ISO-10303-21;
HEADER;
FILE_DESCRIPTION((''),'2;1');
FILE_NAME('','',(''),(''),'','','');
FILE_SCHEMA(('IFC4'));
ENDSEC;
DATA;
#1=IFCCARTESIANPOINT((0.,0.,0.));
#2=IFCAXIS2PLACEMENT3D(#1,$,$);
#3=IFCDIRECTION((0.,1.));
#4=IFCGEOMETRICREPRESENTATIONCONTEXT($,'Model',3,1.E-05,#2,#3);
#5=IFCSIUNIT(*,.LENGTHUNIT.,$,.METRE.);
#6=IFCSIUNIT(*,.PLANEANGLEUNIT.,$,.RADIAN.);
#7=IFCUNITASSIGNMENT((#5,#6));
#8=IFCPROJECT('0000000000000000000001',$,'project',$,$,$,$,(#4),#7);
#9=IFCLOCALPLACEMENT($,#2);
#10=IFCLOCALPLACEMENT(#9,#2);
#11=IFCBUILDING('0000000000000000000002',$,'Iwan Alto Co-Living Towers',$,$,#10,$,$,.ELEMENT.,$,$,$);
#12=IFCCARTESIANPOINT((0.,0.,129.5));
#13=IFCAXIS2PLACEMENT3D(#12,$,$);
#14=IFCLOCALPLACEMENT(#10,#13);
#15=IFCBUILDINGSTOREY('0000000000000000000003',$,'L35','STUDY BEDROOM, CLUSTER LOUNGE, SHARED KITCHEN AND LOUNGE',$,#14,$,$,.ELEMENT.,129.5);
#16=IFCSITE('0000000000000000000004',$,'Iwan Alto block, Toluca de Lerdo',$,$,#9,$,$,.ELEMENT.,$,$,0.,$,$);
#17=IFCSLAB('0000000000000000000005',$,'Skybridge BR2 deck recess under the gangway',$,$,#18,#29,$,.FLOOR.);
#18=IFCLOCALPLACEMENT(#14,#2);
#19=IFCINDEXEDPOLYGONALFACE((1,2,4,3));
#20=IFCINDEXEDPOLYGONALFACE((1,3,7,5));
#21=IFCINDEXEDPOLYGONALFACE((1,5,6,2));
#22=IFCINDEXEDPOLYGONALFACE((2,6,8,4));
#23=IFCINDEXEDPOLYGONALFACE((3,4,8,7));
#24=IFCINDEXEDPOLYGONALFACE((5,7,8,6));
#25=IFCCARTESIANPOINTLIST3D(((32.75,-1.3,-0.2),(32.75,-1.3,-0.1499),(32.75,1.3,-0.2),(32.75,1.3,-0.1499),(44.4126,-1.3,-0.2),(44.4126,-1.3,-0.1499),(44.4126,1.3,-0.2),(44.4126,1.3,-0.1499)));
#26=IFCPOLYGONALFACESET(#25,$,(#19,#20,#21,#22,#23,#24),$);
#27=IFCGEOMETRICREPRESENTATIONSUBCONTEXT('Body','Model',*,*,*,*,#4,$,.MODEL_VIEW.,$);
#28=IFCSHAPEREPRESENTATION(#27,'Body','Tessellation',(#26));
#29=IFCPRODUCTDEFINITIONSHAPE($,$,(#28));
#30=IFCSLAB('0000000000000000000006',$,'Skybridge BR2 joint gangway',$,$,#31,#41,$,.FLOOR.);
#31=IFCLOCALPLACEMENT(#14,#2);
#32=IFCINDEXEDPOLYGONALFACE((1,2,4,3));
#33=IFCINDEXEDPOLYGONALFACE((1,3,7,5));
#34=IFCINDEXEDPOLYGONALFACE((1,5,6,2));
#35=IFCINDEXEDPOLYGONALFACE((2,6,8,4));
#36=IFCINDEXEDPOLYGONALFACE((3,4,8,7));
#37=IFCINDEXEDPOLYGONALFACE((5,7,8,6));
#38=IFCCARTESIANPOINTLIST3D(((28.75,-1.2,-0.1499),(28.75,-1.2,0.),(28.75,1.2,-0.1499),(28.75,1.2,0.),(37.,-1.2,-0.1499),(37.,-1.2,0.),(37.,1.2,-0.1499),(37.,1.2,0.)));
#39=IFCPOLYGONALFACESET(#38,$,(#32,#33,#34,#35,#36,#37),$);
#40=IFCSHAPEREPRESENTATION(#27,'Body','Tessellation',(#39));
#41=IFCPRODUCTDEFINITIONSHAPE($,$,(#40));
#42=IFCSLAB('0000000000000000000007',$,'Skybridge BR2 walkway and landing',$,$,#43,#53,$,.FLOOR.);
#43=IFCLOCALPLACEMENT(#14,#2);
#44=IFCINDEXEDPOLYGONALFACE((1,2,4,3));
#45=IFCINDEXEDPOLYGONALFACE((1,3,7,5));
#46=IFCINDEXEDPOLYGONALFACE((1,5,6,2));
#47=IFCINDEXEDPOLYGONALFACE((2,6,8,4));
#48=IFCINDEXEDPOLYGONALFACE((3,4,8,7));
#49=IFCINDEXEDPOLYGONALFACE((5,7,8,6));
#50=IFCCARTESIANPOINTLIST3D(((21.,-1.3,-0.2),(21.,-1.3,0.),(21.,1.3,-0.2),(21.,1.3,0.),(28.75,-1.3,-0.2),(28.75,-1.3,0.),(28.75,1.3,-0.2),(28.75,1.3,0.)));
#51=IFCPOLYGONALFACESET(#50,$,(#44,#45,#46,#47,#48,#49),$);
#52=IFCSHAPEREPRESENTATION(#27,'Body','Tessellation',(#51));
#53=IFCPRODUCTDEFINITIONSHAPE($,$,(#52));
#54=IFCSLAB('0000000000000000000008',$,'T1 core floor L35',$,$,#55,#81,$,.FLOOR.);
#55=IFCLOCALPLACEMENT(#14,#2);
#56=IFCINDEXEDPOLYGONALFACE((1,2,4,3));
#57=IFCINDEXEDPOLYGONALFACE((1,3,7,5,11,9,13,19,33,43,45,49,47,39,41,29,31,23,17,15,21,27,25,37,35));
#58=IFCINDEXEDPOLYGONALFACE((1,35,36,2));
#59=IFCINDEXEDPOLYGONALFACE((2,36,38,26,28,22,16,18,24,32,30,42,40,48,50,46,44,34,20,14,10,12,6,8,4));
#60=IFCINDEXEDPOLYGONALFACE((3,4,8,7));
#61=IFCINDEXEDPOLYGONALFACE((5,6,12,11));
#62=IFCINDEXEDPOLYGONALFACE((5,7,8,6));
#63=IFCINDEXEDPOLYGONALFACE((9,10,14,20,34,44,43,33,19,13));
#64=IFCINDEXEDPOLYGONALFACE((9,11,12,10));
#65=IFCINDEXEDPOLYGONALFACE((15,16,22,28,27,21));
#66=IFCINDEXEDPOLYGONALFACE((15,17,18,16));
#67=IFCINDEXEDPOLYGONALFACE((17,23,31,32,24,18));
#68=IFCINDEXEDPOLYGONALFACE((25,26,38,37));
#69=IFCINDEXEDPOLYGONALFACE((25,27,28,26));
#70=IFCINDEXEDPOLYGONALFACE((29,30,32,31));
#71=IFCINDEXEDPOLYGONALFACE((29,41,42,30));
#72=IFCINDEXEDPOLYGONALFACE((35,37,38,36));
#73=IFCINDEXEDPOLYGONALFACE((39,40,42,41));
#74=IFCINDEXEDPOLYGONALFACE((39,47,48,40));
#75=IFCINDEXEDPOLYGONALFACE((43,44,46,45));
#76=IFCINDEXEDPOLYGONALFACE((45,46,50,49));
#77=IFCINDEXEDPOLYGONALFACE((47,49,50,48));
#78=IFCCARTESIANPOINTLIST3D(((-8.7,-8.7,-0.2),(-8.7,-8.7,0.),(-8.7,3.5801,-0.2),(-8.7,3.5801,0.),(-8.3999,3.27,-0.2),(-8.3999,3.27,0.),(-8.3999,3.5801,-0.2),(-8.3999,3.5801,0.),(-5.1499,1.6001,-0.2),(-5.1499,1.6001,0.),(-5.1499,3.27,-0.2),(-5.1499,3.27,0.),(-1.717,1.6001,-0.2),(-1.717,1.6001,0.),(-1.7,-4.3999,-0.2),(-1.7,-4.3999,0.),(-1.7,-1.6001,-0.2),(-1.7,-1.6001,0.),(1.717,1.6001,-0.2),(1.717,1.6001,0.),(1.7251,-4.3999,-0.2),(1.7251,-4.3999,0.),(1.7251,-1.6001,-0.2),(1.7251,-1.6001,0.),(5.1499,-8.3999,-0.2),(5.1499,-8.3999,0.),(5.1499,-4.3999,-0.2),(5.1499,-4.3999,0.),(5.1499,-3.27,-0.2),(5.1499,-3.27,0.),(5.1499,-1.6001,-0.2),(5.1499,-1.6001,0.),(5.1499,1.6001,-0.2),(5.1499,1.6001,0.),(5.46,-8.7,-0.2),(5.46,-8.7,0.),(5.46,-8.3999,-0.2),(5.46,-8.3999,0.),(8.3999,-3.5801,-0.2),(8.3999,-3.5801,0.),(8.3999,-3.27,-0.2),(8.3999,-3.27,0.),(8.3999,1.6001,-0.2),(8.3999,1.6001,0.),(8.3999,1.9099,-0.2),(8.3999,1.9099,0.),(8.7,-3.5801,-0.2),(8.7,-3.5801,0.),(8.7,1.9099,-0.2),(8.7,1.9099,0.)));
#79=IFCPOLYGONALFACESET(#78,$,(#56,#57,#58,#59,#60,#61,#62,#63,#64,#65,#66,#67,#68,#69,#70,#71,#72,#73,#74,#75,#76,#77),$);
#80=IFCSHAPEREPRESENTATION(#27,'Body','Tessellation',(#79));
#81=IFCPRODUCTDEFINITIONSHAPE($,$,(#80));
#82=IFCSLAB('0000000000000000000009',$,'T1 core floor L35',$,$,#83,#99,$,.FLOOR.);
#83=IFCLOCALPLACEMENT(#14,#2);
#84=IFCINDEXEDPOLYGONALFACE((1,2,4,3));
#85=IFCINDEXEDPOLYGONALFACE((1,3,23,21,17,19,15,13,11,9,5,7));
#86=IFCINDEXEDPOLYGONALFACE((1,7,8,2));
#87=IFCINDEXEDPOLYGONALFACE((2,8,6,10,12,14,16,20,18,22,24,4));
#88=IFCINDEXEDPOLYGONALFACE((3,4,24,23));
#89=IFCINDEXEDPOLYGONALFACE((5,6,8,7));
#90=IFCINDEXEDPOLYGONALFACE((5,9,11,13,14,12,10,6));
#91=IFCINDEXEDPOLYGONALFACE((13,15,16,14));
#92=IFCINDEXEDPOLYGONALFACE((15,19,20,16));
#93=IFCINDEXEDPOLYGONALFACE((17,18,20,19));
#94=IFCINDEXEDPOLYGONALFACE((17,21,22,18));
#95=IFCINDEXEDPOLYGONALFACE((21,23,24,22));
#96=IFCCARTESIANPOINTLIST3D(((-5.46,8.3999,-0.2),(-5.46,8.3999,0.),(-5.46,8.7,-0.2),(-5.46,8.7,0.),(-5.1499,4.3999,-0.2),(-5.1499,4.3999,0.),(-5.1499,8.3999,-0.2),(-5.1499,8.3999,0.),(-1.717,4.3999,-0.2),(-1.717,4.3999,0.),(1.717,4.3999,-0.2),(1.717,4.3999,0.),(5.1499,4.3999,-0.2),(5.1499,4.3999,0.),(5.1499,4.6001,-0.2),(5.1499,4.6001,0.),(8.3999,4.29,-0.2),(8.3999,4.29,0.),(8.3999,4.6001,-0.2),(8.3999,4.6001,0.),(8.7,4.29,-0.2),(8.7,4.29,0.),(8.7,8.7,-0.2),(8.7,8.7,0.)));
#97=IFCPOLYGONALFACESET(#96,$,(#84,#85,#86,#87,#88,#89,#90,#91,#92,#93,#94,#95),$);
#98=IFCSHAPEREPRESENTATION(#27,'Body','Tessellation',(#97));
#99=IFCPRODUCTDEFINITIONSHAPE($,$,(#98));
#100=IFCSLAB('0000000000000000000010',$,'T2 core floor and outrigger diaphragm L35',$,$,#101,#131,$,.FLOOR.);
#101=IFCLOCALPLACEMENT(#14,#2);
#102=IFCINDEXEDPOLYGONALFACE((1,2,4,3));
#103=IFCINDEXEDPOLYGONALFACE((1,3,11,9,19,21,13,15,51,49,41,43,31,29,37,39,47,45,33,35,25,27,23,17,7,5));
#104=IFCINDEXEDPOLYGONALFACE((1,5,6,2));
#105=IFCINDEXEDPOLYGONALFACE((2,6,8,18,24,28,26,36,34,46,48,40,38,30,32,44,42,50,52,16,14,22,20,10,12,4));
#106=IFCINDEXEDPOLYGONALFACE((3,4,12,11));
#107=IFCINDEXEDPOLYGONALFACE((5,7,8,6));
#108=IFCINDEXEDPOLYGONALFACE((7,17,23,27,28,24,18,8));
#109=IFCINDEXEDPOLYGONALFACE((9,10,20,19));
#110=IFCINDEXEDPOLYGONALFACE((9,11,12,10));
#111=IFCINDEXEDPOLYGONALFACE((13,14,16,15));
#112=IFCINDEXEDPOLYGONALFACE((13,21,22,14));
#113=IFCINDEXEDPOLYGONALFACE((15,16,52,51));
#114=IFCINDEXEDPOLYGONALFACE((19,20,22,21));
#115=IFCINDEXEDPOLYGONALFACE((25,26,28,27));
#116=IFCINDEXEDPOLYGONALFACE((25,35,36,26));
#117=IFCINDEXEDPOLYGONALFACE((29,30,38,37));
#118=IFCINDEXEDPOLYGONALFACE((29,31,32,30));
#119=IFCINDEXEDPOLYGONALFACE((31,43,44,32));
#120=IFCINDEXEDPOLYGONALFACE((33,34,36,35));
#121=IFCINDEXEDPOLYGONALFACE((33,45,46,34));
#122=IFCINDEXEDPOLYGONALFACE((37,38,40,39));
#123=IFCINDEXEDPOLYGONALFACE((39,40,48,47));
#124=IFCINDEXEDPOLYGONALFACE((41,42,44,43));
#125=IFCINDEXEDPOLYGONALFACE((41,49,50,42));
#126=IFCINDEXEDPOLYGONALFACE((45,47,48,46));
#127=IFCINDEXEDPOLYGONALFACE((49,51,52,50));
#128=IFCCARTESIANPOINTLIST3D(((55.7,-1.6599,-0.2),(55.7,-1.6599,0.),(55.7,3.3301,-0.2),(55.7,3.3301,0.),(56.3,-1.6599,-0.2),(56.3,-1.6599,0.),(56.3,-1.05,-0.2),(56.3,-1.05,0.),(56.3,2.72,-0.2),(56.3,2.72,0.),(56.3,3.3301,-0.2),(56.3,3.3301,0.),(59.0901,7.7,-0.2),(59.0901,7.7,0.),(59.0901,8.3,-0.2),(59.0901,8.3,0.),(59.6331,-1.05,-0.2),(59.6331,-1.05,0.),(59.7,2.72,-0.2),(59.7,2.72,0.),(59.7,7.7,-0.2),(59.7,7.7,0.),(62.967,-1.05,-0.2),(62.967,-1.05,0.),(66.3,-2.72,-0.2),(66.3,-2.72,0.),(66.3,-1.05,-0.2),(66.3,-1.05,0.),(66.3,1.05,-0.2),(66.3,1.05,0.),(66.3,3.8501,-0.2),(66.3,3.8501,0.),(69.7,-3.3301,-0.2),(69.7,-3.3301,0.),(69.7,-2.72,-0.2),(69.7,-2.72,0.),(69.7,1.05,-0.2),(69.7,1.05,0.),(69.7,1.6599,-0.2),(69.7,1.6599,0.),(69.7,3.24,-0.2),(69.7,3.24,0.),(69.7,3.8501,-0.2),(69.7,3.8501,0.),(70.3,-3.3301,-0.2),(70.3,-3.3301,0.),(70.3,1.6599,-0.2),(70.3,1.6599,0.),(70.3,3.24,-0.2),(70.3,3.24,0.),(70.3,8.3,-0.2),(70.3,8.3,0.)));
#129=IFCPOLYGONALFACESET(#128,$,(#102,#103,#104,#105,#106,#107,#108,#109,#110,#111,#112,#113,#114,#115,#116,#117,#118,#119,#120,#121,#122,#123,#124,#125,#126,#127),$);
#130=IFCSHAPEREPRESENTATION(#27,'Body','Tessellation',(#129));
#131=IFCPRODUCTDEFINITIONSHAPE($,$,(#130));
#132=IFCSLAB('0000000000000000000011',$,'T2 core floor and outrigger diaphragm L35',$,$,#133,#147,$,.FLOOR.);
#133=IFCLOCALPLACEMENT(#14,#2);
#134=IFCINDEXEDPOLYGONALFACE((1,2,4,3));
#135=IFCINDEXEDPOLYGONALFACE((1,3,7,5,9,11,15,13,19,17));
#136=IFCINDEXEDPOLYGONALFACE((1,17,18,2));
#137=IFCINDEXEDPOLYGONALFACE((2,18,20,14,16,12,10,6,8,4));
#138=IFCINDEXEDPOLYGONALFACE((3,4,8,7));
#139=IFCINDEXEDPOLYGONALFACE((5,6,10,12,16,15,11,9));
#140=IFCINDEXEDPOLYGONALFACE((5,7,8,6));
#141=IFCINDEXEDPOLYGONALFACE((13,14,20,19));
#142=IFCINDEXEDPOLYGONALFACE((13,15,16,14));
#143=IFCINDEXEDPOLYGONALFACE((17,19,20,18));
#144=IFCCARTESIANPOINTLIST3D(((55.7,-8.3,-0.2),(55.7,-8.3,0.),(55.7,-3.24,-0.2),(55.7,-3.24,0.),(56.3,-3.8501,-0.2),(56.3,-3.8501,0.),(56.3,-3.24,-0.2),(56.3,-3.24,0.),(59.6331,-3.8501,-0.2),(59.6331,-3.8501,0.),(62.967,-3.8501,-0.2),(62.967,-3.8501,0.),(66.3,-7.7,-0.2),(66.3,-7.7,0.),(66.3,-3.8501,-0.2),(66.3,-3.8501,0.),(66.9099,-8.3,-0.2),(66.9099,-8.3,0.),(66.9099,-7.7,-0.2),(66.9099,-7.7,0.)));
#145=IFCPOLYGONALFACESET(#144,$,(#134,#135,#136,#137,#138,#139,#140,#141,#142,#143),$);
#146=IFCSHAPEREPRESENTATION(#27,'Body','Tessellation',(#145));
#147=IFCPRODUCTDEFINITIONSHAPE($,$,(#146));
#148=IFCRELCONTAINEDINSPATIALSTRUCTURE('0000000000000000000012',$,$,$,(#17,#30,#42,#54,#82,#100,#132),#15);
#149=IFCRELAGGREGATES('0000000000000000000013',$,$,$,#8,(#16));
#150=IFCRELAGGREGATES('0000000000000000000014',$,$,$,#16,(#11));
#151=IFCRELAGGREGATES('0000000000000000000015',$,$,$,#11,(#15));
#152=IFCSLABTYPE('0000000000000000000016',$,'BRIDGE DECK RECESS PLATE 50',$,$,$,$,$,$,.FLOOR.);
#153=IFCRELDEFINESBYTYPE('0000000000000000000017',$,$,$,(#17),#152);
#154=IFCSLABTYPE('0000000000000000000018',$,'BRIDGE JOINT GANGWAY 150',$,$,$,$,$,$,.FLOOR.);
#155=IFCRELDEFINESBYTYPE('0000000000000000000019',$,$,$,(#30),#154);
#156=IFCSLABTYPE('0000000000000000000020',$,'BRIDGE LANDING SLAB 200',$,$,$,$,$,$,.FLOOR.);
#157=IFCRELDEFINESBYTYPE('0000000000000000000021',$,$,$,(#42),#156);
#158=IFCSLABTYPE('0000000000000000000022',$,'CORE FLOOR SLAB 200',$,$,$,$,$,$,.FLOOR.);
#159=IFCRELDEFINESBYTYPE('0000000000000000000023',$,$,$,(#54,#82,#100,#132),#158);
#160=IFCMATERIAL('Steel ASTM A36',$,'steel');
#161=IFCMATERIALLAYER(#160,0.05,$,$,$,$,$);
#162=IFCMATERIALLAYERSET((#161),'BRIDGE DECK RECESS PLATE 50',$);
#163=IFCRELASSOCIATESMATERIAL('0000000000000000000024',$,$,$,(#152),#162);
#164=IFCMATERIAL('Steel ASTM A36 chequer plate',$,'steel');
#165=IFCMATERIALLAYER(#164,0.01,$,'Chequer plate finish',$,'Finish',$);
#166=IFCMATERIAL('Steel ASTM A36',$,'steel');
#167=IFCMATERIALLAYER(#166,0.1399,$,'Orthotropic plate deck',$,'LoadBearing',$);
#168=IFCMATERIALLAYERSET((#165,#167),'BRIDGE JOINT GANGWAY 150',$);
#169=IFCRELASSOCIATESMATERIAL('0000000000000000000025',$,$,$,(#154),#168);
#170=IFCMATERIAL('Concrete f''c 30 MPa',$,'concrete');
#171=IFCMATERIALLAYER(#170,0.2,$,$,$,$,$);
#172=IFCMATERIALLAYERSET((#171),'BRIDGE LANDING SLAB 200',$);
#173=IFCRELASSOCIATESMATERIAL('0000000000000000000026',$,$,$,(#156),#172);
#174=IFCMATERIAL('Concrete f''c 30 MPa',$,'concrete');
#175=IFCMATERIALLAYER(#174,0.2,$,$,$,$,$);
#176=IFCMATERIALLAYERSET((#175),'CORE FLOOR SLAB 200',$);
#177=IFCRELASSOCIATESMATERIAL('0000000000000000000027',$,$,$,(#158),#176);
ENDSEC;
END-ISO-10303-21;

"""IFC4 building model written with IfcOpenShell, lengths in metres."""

from ifc_helpers import new_model, si_unit, direction, frame, origin, place, context, subcontext, project, spatial, polyline, outline, extrude, material, layer, layer_set, type_object, element, save


model = new_model("IFC4")

# Units and contexts
model_context = context("Model", 3, precision=1e-05, world=origin(), true_north=direction((0.0, 1.0)))
body_context = subcontext(model_context, "Body", "Model", "MODEL_VIEW")
ifc_project = project(units=[si_unit("LENGTHUNIT", "METRE"), si_unit("PLANEANGLEUNIT", "RADIAN")], contexts=[model_context])

# Site, building, storey
site_placement = place(None, origin())
site = spatial("IfcSite", under=ifc_project, at=site_placement, Name="Iwan Alto block, Toluca de Lerdo", CompositionType="ELEMENT", RefElevation=0.0)
building_placement = place(site_placement, origin())
building = spatial("IfcBuilding", under=site, at=building_placement, Name="Iwan Alto Co-Living Towers", CompositionType="ELEMENT")
storey_placement = place(building_placement, frame((0.0, 0.0, 129.5)))
storey = spatial("IfcBuildingStorey", under=building, at=storey_placement, Name="L35", Description="STUDY BEDROOM, CLUSTER LOUNGE, SHARED KITCHEN AND LOUNGE", CompositionType="ELEMENT", Elevation=129.5)

# Slabs
ifc_material_1 = material(Name="Steel ASTM A36", Category="steel")
ifc_layer_1 = layer(ifc_material_1, 0.05)
ifc_layer_set_1 = layer_set([ifc_layer_1], Name="BRIDGE DECK RECESS PLATE 50")
slab_type_1 = type_object("IfcSlabType", Name="BRIDGE DECK RECESS PLATE 50", PredefinedType="FLOOR", material=ifc_layer_set_1)
slab_1_placement = place(storey_placement, frame((0.0, 0.0, -0.2)))
element("IfcSlab", 1, at=slab_1_placement, inside=storey, type_object=slab_type_1, Name="Skybridge BR2 deck recess under the gangway", PredefinedType="FLOOR", context=body_context, shape_type="SweptSolid", body=[
    extrude(outline(polyline([(32.75, -1.3), (44.4126, -1.3), (44.4126, 1.3), (32.75, 1.3), (32.75, -1.3)])), origin(), (0.0, 0.0, 1.0), 0.05),
])
ifc_material_2 = material(Name="Steel ASTM A36 chequer plate", Category="steel")
ifc_layer_2 = layer(ifc_material_2, 0.01, Name="Chequer plate finish", Category="Finish")
ifc_material_3 = material(Name="Steel ASTM A36", Category="steel")
ifc_layer_3 = layer(ifc_material_3, 0.1399, Name="Orthotropic plate deck", Category="LoadBearing")
ifc_layer_set_2 = layer_set([ifc_layer_2, ifc_layer_3], Name="BRIDGE JOINT GANGWAY 150")
slab_type_2 = type_object("IfcSlabType", Name="BRIDGE JOINT GANGWAY 150", PredefinedType="FLOOR", material=ifc_layer_set_2)
slab_2_placement = place(storey_placement, frame((0.0, 0.0, -0.1499)))
element("IfcSlab", 2, at=slab_2_placement, inside=storey, type_object=slab_type_2, Name="Skybridge BR2 joint gangway", PredefinedType="FLOOR", context=body_context, shape_type="SweptSolid", body=[
    extrude(outline(polyline([(28.75, -1.2), (37.0, -1.2), (37.0, 1.2), (28.75, 1.2), (28.75, -1.2)])), origin(), (0.0, 0.0, 1.0), 0.1499),
])
ifc_material_4 = material(Name="Concrete f'c 30 MPa", Category="concrete")
ifc_layer_4 = layer(ifc_material_4, 0.2)
ifc_layer_set_3 = layer_set([ifc_layer_4], Name="BRIDGE LANDING SLAB 200")
slab_type_3 = type_object("IfcSlabType", Name="BRIDGE LANDING SLAB 200", PredefinedType="FLOOR", material=ifc_layer_set_3)
slab_3_placement = place(storey_placement, frame((0.0, 0.0, -0.2)))
element("IfcSlab", 3, at=slab_3_placement, inside=storey, type_object=slab_type_3, Name="Skybridge BR2 walkway and landing", PredefinedType="FLOOR", context=body_context, shape_type="SweptSolid", body=[
    extrude(outline(polyline([(21.0, -1.3), (28.75, -1.3), (28.75, 1.3), (21.0, 1.3), (21.0, -1.3)])), origin(), (0.0, 0.0, 1.0), 0.2),
])
ifc_material_5 = material(Name="Concrete f'c 30 MPa", Category="concrete")
ifc_layer_5 = layer(ifc_material_5, 0.2)
ifc_layer_set_4 = layer_set([ifc_layer_5], Name="CORE FLOOR SLAB 200")
slab_type_4 = type_object("IfcSlabType", Name="CORE FLOOR SLAB 200", PredefinedType="FLOOR", material=ifc_layer_set_4)
slab_4_placement = place(storey_placement, frame((0.0, 0.0, -0.2)))
element("IfcSlab", 4, at=slab_4_placement, inside=storey, type_object=slab_type_4, Name="T1 core floor L35", PredefinedType="FLOOR", context=body_context, shape_type="SweptSolid", body=[
    extrude(outline(polyline([(5.1499, -1.6001), (1.7251, -1.6001), (-1.7, -1.6001), (-1.7, -4.3999), (1.7251, -4.3999), (5.1499, -4.3999), (5.1499, -8.3999), (5.46, -8.3999), (5.46, -8.7), (-8.7, -8.7), (-8.7, 3.5801), (-8.3999, 3.5801), (-8.3999, 3.27), (-5.1499, 3.27), (-5.1499, 1.6001), (-1.717, 1.6001), (1.717, 1.6001), (5.1499, 1.6001), (8.3999, 1.6001), (8.3999, 1.9099), (8.7, 1.9099), (8.7, -3.5801), (8.3999, -3.5801), (8.3999, -3.27), (5.1499, -3.27), (5.1499, -1.6001)])), origin(), (0.0, 0.0, 1.0), 0.2),
])
slab_5_placement = place(storey_placement, frame((0.0, 0.0, -0.2)))
element("IfcSlab", 5, at=slab_5_placement, inside=storey, type_object=slab_type_4, Name="T1 core floor L35", PredefinedType="FLOOR", context=body_context, shape_type="SweptSolid", body=[
    extrude(outline(polyline([(1.717, 4.3999), (-1.717, 4.3999), (-5.1499, 4.3999), (-5.1499, 8.3999), (-5.46, 8.3999), (-5.46, 8.7), (8.7, 8.7), (8.7, 4.29), (8.3999, 4.29), (8.3999, 4.6001), (5.1499, 4.6001), (5.1499, 4.3999), (1.717, 4.3999)])), origin(), (0.0, 0.0, 1.0), 0.2),
])
slab_6_placement = place(storey_placement, frame((0.0, 0.0, -0.2)))
element("IfcSlab", 6, at=slab_6_placement, inside=storey, type_object=slab_type_4, Name="T2 core floor and outrigger diaphragm L35", PredefinedType="FLOOR", context=body_context, shape_type="SweptSolid", body=[
    extrude(outline(polyline([(69.7, -2.72), (66.3, -2.72), (66.3, -1.05), (62.967, -1.05), (59.6331, -1.05), (56.3, -1.05), (56.3, -1.6599), (55.7, -1.6599), (55.7, 3.3301), (56.3, 3.3301), (56.3, 2.72), (59.7, 2.72), (59.7, 7.7), (59.0901, 7.7), (59.0901, 8.3), (70.3, 8.3), (70.3, 3.24), (69.7, 3.24), (69.7, 3.8501), (66.3, 3.8501), (66.3, 1.05), (69.7, 1.05), (69.7, 1.6599), (70.3, 1.6599), (70.3, -3.3301), (69.7, -3.3301), (69.7, -2.72)])), origin(), (0.0, 0.0, 1.0), 0.2),
])
slab_7_placement = place(storey_placement, frame((0.0, 0.0, -0.2)))
element("IfcSlab", 7, at=slab_7_placement, inside=storey, type_object=slab_type_4, Name="T2 core floor and outrigger diaphragm L35", PredefinedType="FLOOR", context=body_context, shape_type="SweptSolid", body=[
    extrude(outline(polyline([(62.967, -3.8501), (66.3, -3.8501), (66.3, -7.7), (66.9099, -7.7), (66.9099, -8.3), (55.7, -8.3), (55.7, -3.24), (56.3, -3.24), (56.3, -3.8501), (59.6331, -3.8501), (62.967, -3.8501)])), origin(), (0.0, 0.0, 1.0), 0.2),
])

save(model, "model.ifc")
